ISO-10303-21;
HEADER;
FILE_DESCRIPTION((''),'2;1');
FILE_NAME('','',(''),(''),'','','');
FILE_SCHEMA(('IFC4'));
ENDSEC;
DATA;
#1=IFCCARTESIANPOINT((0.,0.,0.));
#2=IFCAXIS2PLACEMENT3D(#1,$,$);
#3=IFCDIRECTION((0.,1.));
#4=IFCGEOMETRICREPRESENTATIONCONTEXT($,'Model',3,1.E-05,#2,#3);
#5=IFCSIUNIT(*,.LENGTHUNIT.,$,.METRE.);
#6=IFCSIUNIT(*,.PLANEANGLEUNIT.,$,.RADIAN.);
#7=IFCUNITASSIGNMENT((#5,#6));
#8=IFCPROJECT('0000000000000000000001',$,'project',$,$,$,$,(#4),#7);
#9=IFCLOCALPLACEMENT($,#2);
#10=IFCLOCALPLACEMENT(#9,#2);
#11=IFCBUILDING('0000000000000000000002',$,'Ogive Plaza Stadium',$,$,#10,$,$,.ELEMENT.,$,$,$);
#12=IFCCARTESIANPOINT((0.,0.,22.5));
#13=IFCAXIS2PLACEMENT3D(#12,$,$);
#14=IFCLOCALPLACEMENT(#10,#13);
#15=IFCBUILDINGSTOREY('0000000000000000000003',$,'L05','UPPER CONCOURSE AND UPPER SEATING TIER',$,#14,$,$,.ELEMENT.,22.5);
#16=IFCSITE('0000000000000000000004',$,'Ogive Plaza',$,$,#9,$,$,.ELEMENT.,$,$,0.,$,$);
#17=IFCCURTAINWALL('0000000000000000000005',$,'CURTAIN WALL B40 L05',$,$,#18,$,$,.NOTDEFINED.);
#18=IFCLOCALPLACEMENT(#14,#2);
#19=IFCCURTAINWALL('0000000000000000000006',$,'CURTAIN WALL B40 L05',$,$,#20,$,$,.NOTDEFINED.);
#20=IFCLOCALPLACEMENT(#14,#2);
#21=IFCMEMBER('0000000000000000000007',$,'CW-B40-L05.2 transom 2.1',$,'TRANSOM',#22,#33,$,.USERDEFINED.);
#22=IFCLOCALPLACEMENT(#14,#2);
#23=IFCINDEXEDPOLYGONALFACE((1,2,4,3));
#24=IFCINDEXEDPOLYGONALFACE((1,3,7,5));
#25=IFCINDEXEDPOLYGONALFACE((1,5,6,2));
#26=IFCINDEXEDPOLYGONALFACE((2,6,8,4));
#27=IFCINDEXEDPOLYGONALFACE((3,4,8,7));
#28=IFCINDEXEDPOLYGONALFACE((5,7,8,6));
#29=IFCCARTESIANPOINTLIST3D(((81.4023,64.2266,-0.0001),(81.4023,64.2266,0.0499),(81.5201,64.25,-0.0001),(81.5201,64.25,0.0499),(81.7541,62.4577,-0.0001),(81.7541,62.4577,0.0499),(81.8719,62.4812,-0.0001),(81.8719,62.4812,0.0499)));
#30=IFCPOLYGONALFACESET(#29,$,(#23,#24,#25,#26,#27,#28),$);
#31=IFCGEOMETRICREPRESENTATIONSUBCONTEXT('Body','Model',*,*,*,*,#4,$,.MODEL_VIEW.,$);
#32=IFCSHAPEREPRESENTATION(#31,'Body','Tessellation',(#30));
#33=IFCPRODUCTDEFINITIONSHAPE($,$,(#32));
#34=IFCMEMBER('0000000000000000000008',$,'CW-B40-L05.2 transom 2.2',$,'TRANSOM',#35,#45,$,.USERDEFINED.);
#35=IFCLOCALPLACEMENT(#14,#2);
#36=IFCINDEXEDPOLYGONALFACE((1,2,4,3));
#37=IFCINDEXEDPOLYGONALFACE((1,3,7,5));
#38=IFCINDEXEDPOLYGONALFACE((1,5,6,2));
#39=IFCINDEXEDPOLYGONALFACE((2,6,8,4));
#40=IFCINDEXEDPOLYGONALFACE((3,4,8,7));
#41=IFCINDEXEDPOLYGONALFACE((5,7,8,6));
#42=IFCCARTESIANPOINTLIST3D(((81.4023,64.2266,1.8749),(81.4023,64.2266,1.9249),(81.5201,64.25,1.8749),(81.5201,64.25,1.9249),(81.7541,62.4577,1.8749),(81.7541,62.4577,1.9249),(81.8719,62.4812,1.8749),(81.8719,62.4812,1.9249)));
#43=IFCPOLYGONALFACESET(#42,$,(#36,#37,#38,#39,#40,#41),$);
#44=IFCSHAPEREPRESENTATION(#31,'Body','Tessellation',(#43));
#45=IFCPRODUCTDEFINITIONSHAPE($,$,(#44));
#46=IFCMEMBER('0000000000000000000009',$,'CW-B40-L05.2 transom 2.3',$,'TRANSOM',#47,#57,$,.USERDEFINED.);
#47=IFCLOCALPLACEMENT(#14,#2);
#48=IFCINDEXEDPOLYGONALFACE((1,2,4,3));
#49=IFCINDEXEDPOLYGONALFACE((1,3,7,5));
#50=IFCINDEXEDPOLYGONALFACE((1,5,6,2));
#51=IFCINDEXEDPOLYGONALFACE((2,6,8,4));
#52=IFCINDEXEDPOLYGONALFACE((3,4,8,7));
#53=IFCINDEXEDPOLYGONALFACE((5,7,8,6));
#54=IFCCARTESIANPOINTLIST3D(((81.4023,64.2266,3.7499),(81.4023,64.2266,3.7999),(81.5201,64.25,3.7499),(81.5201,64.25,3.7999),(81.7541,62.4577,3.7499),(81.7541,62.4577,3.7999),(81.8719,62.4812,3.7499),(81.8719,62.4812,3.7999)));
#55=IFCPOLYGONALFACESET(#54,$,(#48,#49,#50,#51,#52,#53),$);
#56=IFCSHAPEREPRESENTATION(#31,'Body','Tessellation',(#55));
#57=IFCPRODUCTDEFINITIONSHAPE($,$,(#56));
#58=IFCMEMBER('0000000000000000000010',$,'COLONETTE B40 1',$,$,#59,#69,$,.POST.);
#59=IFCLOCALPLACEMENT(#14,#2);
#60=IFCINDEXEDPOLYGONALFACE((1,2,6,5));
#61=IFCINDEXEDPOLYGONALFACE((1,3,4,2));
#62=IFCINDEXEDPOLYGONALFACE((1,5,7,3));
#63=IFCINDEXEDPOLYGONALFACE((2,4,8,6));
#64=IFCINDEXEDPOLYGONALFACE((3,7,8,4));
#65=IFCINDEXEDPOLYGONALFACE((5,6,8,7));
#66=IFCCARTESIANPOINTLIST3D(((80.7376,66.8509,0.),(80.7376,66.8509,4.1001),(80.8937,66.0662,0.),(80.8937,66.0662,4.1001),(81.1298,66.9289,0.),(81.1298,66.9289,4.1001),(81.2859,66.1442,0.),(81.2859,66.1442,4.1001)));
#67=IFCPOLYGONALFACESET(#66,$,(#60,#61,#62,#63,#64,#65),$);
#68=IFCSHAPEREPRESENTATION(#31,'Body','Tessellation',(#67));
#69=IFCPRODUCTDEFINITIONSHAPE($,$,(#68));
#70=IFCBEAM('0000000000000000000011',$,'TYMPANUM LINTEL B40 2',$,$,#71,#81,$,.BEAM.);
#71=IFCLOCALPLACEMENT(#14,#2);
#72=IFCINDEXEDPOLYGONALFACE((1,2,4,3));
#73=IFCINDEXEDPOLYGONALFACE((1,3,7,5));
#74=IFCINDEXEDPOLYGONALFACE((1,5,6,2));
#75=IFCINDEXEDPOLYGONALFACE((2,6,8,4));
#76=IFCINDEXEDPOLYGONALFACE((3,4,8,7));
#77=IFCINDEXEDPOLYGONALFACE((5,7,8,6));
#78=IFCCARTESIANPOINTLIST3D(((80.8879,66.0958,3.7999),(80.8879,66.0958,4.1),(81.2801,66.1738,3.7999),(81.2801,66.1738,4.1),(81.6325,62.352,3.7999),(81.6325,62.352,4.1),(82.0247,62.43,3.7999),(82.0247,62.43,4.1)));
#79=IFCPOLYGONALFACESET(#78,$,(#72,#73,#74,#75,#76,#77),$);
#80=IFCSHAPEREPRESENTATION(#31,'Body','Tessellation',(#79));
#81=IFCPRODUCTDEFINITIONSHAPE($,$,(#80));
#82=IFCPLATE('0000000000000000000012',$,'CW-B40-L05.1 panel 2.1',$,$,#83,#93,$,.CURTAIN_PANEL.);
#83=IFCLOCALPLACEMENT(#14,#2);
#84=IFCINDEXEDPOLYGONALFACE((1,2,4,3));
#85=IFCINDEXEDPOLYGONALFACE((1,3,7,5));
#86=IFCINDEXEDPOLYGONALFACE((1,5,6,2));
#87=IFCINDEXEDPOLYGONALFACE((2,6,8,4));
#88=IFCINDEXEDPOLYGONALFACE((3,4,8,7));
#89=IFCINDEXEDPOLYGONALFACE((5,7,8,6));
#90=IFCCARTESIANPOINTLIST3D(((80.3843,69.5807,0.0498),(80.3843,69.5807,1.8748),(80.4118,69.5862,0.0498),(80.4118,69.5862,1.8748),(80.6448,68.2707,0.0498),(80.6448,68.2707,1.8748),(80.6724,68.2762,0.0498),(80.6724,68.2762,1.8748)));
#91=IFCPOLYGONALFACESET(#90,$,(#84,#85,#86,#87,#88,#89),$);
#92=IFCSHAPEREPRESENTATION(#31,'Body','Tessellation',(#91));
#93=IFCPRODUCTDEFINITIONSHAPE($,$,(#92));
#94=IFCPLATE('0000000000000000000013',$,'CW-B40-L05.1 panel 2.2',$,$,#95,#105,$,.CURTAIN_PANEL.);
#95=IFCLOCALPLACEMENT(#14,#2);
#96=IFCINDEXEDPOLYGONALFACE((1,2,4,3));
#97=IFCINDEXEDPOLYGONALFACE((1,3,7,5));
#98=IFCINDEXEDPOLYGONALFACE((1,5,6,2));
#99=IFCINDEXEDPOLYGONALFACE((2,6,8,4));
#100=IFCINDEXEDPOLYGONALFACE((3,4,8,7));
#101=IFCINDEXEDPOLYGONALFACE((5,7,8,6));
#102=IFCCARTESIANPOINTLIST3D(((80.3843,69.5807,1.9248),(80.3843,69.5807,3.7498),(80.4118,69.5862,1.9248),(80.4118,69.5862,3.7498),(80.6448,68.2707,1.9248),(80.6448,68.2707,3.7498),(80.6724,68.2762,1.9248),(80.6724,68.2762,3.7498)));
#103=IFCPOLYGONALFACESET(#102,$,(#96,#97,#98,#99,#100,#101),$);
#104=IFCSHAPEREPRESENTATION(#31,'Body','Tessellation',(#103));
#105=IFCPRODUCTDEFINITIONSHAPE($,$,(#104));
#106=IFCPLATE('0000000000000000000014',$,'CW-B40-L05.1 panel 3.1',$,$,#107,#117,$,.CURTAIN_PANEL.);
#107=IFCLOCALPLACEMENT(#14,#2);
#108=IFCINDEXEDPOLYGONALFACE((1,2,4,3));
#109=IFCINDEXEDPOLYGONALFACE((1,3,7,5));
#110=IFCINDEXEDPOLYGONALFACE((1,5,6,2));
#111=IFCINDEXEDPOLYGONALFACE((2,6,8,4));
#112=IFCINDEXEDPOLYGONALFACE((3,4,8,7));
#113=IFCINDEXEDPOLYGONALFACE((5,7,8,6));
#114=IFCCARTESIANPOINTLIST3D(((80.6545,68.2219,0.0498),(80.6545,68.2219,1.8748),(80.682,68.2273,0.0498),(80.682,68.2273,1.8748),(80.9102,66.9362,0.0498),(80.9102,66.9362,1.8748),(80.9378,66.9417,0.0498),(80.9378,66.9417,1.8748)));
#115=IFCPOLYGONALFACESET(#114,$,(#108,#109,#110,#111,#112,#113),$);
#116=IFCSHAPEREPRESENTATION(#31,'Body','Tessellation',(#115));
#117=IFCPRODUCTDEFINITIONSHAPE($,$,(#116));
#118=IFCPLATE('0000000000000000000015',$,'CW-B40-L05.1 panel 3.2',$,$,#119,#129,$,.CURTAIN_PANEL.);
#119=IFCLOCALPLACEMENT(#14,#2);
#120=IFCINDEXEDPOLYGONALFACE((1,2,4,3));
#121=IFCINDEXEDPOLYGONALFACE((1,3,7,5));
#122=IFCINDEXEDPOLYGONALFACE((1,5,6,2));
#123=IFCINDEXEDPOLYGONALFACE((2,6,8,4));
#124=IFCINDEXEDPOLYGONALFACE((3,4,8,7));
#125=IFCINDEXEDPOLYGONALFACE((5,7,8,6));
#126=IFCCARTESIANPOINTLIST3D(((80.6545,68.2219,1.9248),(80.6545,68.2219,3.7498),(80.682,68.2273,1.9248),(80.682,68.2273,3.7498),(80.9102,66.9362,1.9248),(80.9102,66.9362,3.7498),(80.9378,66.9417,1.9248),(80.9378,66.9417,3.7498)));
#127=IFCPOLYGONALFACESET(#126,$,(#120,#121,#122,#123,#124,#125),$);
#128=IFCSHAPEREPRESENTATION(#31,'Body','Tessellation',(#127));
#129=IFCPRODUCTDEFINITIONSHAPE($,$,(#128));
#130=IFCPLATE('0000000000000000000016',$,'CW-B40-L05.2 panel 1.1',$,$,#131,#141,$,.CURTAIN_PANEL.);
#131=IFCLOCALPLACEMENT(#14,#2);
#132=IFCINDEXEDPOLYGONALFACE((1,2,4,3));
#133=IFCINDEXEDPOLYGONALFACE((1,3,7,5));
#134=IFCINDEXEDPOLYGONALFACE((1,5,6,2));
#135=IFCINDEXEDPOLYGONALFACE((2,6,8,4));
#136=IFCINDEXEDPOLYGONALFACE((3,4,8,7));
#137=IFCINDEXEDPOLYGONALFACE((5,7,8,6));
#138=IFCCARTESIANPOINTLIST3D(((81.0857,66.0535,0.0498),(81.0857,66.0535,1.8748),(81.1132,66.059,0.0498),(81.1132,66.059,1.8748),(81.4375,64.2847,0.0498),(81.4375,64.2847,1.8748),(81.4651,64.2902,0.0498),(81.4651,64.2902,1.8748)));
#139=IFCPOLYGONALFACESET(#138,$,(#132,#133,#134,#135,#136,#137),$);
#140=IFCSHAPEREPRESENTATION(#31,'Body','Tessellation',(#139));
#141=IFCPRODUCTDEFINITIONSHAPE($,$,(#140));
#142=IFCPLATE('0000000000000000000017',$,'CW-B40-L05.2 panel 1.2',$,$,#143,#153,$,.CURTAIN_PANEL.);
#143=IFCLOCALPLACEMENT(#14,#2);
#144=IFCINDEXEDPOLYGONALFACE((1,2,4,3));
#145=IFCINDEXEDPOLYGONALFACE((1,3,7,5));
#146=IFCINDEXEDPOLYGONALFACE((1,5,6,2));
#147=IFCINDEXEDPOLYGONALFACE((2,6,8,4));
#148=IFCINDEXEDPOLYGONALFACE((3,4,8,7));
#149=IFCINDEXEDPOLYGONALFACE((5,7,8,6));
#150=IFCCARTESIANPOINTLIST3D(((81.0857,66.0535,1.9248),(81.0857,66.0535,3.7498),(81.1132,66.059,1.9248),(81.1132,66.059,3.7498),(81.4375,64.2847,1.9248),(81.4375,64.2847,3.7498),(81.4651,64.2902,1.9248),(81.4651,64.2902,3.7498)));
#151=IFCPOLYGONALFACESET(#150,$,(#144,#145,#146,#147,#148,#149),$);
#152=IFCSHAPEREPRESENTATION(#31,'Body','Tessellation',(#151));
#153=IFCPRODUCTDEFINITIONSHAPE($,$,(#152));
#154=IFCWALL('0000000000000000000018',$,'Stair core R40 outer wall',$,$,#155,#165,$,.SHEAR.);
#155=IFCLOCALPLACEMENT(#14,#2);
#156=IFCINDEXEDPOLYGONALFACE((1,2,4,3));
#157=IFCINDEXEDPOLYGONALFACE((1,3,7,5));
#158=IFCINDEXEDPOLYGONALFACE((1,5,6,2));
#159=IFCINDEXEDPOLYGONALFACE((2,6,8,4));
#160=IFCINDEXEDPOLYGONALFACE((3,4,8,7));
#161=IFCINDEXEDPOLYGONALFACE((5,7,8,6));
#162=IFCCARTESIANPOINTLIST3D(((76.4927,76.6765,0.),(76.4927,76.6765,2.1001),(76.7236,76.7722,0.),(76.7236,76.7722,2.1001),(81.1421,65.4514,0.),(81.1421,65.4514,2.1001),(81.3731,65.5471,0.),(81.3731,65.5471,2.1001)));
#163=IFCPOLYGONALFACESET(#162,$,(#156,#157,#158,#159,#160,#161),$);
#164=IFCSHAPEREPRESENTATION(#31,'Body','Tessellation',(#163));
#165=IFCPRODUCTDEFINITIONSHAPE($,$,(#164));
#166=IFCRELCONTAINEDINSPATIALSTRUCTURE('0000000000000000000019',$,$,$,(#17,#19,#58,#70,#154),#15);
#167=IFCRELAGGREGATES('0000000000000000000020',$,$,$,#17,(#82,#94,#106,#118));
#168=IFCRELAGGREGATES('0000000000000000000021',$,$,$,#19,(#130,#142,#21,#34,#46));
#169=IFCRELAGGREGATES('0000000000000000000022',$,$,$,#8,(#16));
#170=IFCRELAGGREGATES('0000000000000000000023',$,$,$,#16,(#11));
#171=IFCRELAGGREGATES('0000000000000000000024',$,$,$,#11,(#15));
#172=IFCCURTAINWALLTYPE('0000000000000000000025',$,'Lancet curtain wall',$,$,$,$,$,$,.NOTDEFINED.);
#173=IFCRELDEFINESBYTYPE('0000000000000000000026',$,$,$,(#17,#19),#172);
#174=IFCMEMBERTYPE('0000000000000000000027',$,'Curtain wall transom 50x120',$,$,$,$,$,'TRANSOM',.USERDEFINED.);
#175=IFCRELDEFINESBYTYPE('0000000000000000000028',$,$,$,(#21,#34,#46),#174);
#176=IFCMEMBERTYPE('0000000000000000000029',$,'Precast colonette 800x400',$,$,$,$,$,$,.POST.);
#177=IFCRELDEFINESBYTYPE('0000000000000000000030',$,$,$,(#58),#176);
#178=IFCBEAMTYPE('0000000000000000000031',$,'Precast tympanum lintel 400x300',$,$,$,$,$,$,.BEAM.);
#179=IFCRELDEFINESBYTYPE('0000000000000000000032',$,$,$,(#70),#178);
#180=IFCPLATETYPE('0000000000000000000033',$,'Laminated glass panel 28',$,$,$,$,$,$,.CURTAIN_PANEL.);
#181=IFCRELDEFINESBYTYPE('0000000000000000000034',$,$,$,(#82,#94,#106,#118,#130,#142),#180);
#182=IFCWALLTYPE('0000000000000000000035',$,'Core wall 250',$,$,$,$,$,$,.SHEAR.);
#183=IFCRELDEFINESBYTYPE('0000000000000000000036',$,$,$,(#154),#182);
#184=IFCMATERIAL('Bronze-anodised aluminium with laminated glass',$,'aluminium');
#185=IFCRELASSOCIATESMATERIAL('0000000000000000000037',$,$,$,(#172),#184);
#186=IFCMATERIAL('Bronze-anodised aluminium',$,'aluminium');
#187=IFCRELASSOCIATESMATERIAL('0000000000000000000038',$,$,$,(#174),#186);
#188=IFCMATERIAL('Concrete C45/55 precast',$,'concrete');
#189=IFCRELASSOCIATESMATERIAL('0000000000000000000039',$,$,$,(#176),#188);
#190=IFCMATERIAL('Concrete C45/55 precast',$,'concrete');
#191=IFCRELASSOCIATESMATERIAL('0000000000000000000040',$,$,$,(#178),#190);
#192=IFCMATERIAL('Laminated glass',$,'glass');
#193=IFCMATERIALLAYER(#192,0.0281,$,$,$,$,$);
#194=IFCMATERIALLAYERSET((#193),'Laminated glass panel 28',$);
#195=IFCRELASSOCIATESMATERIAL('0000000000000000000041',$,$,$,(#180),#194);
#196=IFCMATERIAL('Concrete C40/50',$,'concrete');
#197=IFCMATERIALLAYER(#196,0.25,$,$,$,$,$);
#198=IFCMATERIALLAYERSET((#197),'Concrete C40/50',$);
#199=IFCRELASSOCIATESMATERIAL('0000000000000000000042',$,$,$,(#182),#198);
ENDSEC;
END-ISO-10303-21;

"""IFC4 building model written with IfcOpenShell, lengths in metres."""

from ifc_helpers import new_model, si_unit, direction, frame, frame_2d, origin, origin_2d, place, context, subcontext, project, spatial, rectangle, extrude, material, layer, layer_set, material_profile, profile_set, type_object, element, aggregate, save


model = new_model("IFC4")

# Units and contexts
model_context = context("Model", 3, precision=1e-05, world=origin(), true_north=direction((0.0, 1.0)))
body_context = subcontext(model_context, "Body", "Model", "MODEL_VIEW")
ifc_project = project(units=[si_unit("LENGTHUNIT", "METRE"), si_unit("PLANEANGLEUNIT", "RADIAN")], contexts=[model_context])

# Site, building, storey
site_placement = place(None, origin())
site = spatial("IfcSite", under=ifc_project, at=site_placement, Name="Ogive Plaza", CompositionType="ELEMENT", RefElevation=0.0)
building_placement = place(site_placement, origin())
building = spatial("IfcBuilding", under=site, at=building_placement, Name="Ogive Plaza Stadium", CompositionType="ELEMENT")
storey_placement = place(building_placement, frame((0.0, 0.0, 22.5)))
storey = spatial("IfcBuildingStorey", under=building, at=storey_placement, Name="L05", Description="UPPER CONCOURSE AND UPPER SEATING TIER", CompositionType="ELEMENT", Elevation=22.5)

# Curtain walls
ifc_material_1 = material(Name="Bronze-anodised aluminium with laminated glass", Category="aluminium")
curtain_wall_type = type_object("IfcCurtainWallType", Name="Lancet curtain wall", PredefinedType="NOTDEFINED", material=ifc_material_1)
curtain_wall_1_placement = place(storey_placement, origin())
curtain_wall_1 = element("IfcCurtainWall", 1, at=curtain_wall_1_placement, inside=storey, type_object=curtain_wall_type, Name="CURTAIN WALL B40 L05", PredefinedType="NOTDEFINED")
curtain_wall_2_placement = place(storey_placement, origin())
curtain_wall_2 = element("IfcCurtainWall", 2, at=curtain_wall_2_placement, inside=storey, type_object=curtain_wall_type, Name="CURTAIN WALL B40 L05", PredefinedType="NOTDEFINED")

# Members
ifc_material_2 = material(Name="Bronze-anodised aluminium", Category="aluminium")
ifc_material_profile_1 = material_profile(ifc_material_2, rectangle(XDim=0.1201, YDim=0.05, at=origin_2d()), Name="AL 120x50")
ifc_profile_set_1 = profile_set([ifc_material_profile_1], Name="Bronze-anodised aluminium")
member_type_1 = type_object("IfcMemberType", Name="Curtain wall transom 50x120", ElementType="TRANSOM", PredefinedType="USERDEFINED", material=ifc_profile_set_1)
member_1_placement = place(storey_placement, frame((81.4612, 64.2383, 0.0249), z_axis=(0.195075, -0.980788, 0.0), x_axis=(0.980788, 0.195075, 0.0)))
member_1 = element("IfcMember", 3, at=member_1_placement, type_object=member_type_1, Name="CW-B40-L05.2 transom 2.1", ObjectType="TRANSOM", PredefinedType="USERDEFINED", context=body_context, shape_type="SweptSolid", body=[
    extrude(rectangle(XDim=0.1201, YDim=0.05, at=origin_2d()), origin(), (0.0, 0.0, 1.0), 1.8035),
])
member_2_placement = place(storey_placement, frame((81.4612, 64.2383, 1.8999), z_axis=(0.195075, -0.980788, 0.0), x_axis=(0.980788, 0.195075, 0.0)))
member_2 = element("IfcMember", 4, at=member_2_placement, type_object=member_type_1, Name="CW-B40-L05.2 transom 2.2", ObjectType="TRANSOM", PredefinedType="USERDEFINED", context=body_context, shape_type="SweptSolid", body=[
    extrude(rectangle(XDim=0.1201, YDim=0.05, at=origin_2d()), origin(), (0.0, 0.0, 1.0), 1.8035),
])
member_3_placement = place(storey_placement, frame((81.4612, 64.2383, 3.7749), z_axis=(0.195075, -0.980788, 0.0), x_axis=(0.980788, 0.195075, 0.0)))
member_3 = element("IfcMember", 5, at=member_3_placement, type_object=member_type_1, Name="CW-B40-L05.2 transom 2.3", ObjectType="TRANSOM", PredefinedType="USERDEFINED", context=body_context, shape_type="SweptSolid", body=[
    extrude(rectangle(XDim=0.1201, YDim=0.05, at=origin_2d()), origin(), (0.0, 0.0, 1.0), 1.8035),
])
ifc_material_3 = material(Name="Concrete C45/55 precast", Category="concrete")
ifc_material_profile_2 = material_profile(ifc_material_3, rectangle(XDim=0.3999, YDim=0.8, at=origin_2d()), Name="RC 400x800")
ifc_profile_set_2 = profile_set([ifc_material_profile_2], Name="Concrete C45/55 precast")
member_type_2 = type_object("IfcMemberType", Name="Precast colonette 800x400", PredefinedType="POST", material=ifc_profile_set_2)
member_4_placement = place(storey_placement, frame((81.0117, 66.4976, 0.0), z_axis=(0.0, 0.0, 1.0), x_axis=(0.980785, 0.19509, 0.0)))
element("IfcMember", 6, at=member_4_placement, inside=storey, type_object=member_type_2, Name="COLONETTE B40 1", PredefinedType="POST", context=body_context, shape_type="SweptSolid", body=[
    extrude(rectangle(XDim=0.3999, YDim=0.8, at=origin_2d()), origin(), (0.0, 0.0, 1.0), 4.1001),
])

# Beam
ifc_material_4 = material(Name="Concrete C45/55 precast", Category="concrete")
ifc_material_profile_3 = material_profile(ifc_material_4, rectangle(XDim=0.3999, YDim=0.3, at=origin_2d()), Name="RC 400x300")
ifc_profile_set_3 = profile_set([ifc_material_profile_3], Name="Concrete C45/55 precast")
beam_type = type_object("IfcBeamType", Name="Precast tympanum lintel 400x300", PredefinedType="BEAM", material=ifc_profile_set_3)
beam_placement = place(storey_placement, frame((81.084, 66.1348, 3.95), z_axis=(0.195071, -0.980789, 0.0), x_axis=(0.980789, 0.195071, 0.0)))
element("IfcBeam", 7, at=beam_placement, inside=storey, type_object=beam_type, Name="TYMPANUM LINTEL B40 2", PredefinedType="BEAM", context=body_context, shape_type="SweptSolid", body=[
    extrude(rectangle(XDim=0.3999, YDim=0.3, at=origin_2d()), origin(), (0.0, 0.0, 1.0), 3.8171),
])

# Plates
ifc_material_5 = material(Name="Laminated glass", Category="glass")
ifc_layer_1 = layer(ifc_material_5, 0.0281)
ifc_layer_set_1 = layer_set([ifc_layer_1], Name="Laminated glass panel 28")
plate_type = type_object("IfcPlateType", Name="Laminated glass panel 28", PredefinedType="CURTAIN_PANEL", material=ifc_layer_set_1)
plate_1_placement = place(storey_placement, frame((80.5283, 68.9285, 0.0498), z_axis=(0.0, 0.0, 1.0), x_axis=(0.19509, -0.980785, 0.0)))
plate_1 = element("IfcPlate", 8, at=plate_1_placement, type_object=plate_type, Name="CW-B40-L05.1 panel 2.1", PredefinedType="CURTAIN_PANEL", context=body_context, shape_type="SweptSolid", body=[
    extrude(rectangle(XDim=1.3357, YDim=0.0281, at=origin_2d()), origin(), (0.0, 0.0, 1.0), 1.825),
])
plate_2_placement = place(storey_placement, frame((80.5283, 68.9285, 1.9248), z_axis=(0.0, 0.0, 1.0), x_axis=(0.19509, -0.980785, 0.0)))
plate_2 = element("IfcPlate", 9, at=plate_2_placement, type_object=plate_type, Name="CW-B40-L05.1 panel 2.2", PredefinedType="CURTAIN_PANEL", context=body_context, shape_type="SweptSolid", body=[
    extrude(rectangle(XDim=1.3357, YDim=0.0281, at=origin_2d()), origin(), (0.0, 0.0, 1.0), 1.825),
])
plate_3_placement = place(storey_placement, frame((80.7961, 67.5818, 0.0498), z_axis=(0.0, 0.0, 1.0), x_axis=(0.19509, -0.980785, 0.0)))
plate_3 = element("IfcPlate", 10, at=plate_3_placement, type_object=plate_type, Name="CW-B40-L05.1 panel 3.1", PredefinedType="CURTAIN_PANEL", context=body_context, shape_type="SweptSolid", body=[
    extrude(rectangle(XDim=1.3108, YDim=0.0281, at=origin_2d()), origin(), (0.0, 0.0, 1.0), 1.825),
])
plate_4_placement = place(storey_placement, frame((80.7961, 67.5818, 1.9248), z_axis=(0.0, 0.0, 1.0), x_axis=(0.19509, -0.980785, 0.0)))
plate_4 = element("IfcPlate", 11, at=plate_4_placement, type_object=plate_type, Name="CW-B40-L05.1 panel 3.2", PredefinedType="CURTAIN_PANEL", context=body_context, shape_type="SweptSolid", body=[
    extrude(rectangle(XDim=1.3108, YDim=0.0281, at=origin_2d()), origin(), (0.0, 0.0, 1.0), 1.825),
])
aggregate(curtain_wall_1, [plate_1, plate_2, plate_3, plate_4])
plate_5_placement = place(storey_placement, frame((81.2754, 65.1719, 0.0498), z_axis=(0.0, 0.0, 1.0), x_axis=(0.19509, -0.980785, 0.0)))
plate_5 = element("IfcPlate", 12, at=plate_5_placement, type_object=plate_type, Name="CW-B40-L05.2 panel 1.1", PredefinedType="CURTAIN_PANEL", context=body_context, shape_type="SweptSolid", body=[
    extrude(rectangle(XDim=1.8035, YDim=0.0281, at=origin_2d()), origin(), (0.0, 0.0, 1.0), 1.825),
])
plate_6_placement = place(storey_placement, frame((81.2754, 65.1719, 1.9248), z_axis=(0.0, 0.0, 1.0), x_axis=(0.19509, -0.980785, 0.0)))
plate_6 = element("IfcPlate", 13, at=plate_6_placement, type_object=plate_type, Name="CW-B40-L05.2 panel 1.2", PredefinedType="CURTAIN_PANEL", context=body_context, shape_type="SweptSolid", body=[
    extrude(rectangle(XDim=1.8035, YDim=0.0281, at=origin_2d()), origin(), (0.0, 0.0, 1.0), 1.825),
])
aggregate(curtain_wall_2, [plate_5, plate_6, member_1, member_2, member_3])

# Wall
ifc_material_6 = material(Name="Concrete C40/50", Category="concrete")
ifc_layer_2 = layer(ifc_material_6, 0.25)
ifc_layer_set_2 = layer_set([ifc_layer_2], Name="Concrete C40/50")
wall_type_1 = type_object("IfcWallType", Name="Core wall 250", PredefinedType="SHEAR", material=ifc_layer_set_2)
wall_1_placement = place(storey_placement, frame((81.2576, 65.4993, 0.0), z_axis=(0.0, 0.0, 1.0), x_axis=(-0.382671, 0.923885, 0.0)))
element("IfcWall", 14, at=wall_1_placement, inside=storey, type_object=wall_type_1, Name="Stair core R40 outer wall", PredefinedType="SHEAR", context=body_context, shape_type="SweptSolid", body=[
    extrude(rectangle(XDim=12.1499, YDim=0.25, at=frame_2d((6.075, 0.0))), origin(), (0.0, 0.0, 1.0), 2.1001),
])

save(model, "model.ifc")
